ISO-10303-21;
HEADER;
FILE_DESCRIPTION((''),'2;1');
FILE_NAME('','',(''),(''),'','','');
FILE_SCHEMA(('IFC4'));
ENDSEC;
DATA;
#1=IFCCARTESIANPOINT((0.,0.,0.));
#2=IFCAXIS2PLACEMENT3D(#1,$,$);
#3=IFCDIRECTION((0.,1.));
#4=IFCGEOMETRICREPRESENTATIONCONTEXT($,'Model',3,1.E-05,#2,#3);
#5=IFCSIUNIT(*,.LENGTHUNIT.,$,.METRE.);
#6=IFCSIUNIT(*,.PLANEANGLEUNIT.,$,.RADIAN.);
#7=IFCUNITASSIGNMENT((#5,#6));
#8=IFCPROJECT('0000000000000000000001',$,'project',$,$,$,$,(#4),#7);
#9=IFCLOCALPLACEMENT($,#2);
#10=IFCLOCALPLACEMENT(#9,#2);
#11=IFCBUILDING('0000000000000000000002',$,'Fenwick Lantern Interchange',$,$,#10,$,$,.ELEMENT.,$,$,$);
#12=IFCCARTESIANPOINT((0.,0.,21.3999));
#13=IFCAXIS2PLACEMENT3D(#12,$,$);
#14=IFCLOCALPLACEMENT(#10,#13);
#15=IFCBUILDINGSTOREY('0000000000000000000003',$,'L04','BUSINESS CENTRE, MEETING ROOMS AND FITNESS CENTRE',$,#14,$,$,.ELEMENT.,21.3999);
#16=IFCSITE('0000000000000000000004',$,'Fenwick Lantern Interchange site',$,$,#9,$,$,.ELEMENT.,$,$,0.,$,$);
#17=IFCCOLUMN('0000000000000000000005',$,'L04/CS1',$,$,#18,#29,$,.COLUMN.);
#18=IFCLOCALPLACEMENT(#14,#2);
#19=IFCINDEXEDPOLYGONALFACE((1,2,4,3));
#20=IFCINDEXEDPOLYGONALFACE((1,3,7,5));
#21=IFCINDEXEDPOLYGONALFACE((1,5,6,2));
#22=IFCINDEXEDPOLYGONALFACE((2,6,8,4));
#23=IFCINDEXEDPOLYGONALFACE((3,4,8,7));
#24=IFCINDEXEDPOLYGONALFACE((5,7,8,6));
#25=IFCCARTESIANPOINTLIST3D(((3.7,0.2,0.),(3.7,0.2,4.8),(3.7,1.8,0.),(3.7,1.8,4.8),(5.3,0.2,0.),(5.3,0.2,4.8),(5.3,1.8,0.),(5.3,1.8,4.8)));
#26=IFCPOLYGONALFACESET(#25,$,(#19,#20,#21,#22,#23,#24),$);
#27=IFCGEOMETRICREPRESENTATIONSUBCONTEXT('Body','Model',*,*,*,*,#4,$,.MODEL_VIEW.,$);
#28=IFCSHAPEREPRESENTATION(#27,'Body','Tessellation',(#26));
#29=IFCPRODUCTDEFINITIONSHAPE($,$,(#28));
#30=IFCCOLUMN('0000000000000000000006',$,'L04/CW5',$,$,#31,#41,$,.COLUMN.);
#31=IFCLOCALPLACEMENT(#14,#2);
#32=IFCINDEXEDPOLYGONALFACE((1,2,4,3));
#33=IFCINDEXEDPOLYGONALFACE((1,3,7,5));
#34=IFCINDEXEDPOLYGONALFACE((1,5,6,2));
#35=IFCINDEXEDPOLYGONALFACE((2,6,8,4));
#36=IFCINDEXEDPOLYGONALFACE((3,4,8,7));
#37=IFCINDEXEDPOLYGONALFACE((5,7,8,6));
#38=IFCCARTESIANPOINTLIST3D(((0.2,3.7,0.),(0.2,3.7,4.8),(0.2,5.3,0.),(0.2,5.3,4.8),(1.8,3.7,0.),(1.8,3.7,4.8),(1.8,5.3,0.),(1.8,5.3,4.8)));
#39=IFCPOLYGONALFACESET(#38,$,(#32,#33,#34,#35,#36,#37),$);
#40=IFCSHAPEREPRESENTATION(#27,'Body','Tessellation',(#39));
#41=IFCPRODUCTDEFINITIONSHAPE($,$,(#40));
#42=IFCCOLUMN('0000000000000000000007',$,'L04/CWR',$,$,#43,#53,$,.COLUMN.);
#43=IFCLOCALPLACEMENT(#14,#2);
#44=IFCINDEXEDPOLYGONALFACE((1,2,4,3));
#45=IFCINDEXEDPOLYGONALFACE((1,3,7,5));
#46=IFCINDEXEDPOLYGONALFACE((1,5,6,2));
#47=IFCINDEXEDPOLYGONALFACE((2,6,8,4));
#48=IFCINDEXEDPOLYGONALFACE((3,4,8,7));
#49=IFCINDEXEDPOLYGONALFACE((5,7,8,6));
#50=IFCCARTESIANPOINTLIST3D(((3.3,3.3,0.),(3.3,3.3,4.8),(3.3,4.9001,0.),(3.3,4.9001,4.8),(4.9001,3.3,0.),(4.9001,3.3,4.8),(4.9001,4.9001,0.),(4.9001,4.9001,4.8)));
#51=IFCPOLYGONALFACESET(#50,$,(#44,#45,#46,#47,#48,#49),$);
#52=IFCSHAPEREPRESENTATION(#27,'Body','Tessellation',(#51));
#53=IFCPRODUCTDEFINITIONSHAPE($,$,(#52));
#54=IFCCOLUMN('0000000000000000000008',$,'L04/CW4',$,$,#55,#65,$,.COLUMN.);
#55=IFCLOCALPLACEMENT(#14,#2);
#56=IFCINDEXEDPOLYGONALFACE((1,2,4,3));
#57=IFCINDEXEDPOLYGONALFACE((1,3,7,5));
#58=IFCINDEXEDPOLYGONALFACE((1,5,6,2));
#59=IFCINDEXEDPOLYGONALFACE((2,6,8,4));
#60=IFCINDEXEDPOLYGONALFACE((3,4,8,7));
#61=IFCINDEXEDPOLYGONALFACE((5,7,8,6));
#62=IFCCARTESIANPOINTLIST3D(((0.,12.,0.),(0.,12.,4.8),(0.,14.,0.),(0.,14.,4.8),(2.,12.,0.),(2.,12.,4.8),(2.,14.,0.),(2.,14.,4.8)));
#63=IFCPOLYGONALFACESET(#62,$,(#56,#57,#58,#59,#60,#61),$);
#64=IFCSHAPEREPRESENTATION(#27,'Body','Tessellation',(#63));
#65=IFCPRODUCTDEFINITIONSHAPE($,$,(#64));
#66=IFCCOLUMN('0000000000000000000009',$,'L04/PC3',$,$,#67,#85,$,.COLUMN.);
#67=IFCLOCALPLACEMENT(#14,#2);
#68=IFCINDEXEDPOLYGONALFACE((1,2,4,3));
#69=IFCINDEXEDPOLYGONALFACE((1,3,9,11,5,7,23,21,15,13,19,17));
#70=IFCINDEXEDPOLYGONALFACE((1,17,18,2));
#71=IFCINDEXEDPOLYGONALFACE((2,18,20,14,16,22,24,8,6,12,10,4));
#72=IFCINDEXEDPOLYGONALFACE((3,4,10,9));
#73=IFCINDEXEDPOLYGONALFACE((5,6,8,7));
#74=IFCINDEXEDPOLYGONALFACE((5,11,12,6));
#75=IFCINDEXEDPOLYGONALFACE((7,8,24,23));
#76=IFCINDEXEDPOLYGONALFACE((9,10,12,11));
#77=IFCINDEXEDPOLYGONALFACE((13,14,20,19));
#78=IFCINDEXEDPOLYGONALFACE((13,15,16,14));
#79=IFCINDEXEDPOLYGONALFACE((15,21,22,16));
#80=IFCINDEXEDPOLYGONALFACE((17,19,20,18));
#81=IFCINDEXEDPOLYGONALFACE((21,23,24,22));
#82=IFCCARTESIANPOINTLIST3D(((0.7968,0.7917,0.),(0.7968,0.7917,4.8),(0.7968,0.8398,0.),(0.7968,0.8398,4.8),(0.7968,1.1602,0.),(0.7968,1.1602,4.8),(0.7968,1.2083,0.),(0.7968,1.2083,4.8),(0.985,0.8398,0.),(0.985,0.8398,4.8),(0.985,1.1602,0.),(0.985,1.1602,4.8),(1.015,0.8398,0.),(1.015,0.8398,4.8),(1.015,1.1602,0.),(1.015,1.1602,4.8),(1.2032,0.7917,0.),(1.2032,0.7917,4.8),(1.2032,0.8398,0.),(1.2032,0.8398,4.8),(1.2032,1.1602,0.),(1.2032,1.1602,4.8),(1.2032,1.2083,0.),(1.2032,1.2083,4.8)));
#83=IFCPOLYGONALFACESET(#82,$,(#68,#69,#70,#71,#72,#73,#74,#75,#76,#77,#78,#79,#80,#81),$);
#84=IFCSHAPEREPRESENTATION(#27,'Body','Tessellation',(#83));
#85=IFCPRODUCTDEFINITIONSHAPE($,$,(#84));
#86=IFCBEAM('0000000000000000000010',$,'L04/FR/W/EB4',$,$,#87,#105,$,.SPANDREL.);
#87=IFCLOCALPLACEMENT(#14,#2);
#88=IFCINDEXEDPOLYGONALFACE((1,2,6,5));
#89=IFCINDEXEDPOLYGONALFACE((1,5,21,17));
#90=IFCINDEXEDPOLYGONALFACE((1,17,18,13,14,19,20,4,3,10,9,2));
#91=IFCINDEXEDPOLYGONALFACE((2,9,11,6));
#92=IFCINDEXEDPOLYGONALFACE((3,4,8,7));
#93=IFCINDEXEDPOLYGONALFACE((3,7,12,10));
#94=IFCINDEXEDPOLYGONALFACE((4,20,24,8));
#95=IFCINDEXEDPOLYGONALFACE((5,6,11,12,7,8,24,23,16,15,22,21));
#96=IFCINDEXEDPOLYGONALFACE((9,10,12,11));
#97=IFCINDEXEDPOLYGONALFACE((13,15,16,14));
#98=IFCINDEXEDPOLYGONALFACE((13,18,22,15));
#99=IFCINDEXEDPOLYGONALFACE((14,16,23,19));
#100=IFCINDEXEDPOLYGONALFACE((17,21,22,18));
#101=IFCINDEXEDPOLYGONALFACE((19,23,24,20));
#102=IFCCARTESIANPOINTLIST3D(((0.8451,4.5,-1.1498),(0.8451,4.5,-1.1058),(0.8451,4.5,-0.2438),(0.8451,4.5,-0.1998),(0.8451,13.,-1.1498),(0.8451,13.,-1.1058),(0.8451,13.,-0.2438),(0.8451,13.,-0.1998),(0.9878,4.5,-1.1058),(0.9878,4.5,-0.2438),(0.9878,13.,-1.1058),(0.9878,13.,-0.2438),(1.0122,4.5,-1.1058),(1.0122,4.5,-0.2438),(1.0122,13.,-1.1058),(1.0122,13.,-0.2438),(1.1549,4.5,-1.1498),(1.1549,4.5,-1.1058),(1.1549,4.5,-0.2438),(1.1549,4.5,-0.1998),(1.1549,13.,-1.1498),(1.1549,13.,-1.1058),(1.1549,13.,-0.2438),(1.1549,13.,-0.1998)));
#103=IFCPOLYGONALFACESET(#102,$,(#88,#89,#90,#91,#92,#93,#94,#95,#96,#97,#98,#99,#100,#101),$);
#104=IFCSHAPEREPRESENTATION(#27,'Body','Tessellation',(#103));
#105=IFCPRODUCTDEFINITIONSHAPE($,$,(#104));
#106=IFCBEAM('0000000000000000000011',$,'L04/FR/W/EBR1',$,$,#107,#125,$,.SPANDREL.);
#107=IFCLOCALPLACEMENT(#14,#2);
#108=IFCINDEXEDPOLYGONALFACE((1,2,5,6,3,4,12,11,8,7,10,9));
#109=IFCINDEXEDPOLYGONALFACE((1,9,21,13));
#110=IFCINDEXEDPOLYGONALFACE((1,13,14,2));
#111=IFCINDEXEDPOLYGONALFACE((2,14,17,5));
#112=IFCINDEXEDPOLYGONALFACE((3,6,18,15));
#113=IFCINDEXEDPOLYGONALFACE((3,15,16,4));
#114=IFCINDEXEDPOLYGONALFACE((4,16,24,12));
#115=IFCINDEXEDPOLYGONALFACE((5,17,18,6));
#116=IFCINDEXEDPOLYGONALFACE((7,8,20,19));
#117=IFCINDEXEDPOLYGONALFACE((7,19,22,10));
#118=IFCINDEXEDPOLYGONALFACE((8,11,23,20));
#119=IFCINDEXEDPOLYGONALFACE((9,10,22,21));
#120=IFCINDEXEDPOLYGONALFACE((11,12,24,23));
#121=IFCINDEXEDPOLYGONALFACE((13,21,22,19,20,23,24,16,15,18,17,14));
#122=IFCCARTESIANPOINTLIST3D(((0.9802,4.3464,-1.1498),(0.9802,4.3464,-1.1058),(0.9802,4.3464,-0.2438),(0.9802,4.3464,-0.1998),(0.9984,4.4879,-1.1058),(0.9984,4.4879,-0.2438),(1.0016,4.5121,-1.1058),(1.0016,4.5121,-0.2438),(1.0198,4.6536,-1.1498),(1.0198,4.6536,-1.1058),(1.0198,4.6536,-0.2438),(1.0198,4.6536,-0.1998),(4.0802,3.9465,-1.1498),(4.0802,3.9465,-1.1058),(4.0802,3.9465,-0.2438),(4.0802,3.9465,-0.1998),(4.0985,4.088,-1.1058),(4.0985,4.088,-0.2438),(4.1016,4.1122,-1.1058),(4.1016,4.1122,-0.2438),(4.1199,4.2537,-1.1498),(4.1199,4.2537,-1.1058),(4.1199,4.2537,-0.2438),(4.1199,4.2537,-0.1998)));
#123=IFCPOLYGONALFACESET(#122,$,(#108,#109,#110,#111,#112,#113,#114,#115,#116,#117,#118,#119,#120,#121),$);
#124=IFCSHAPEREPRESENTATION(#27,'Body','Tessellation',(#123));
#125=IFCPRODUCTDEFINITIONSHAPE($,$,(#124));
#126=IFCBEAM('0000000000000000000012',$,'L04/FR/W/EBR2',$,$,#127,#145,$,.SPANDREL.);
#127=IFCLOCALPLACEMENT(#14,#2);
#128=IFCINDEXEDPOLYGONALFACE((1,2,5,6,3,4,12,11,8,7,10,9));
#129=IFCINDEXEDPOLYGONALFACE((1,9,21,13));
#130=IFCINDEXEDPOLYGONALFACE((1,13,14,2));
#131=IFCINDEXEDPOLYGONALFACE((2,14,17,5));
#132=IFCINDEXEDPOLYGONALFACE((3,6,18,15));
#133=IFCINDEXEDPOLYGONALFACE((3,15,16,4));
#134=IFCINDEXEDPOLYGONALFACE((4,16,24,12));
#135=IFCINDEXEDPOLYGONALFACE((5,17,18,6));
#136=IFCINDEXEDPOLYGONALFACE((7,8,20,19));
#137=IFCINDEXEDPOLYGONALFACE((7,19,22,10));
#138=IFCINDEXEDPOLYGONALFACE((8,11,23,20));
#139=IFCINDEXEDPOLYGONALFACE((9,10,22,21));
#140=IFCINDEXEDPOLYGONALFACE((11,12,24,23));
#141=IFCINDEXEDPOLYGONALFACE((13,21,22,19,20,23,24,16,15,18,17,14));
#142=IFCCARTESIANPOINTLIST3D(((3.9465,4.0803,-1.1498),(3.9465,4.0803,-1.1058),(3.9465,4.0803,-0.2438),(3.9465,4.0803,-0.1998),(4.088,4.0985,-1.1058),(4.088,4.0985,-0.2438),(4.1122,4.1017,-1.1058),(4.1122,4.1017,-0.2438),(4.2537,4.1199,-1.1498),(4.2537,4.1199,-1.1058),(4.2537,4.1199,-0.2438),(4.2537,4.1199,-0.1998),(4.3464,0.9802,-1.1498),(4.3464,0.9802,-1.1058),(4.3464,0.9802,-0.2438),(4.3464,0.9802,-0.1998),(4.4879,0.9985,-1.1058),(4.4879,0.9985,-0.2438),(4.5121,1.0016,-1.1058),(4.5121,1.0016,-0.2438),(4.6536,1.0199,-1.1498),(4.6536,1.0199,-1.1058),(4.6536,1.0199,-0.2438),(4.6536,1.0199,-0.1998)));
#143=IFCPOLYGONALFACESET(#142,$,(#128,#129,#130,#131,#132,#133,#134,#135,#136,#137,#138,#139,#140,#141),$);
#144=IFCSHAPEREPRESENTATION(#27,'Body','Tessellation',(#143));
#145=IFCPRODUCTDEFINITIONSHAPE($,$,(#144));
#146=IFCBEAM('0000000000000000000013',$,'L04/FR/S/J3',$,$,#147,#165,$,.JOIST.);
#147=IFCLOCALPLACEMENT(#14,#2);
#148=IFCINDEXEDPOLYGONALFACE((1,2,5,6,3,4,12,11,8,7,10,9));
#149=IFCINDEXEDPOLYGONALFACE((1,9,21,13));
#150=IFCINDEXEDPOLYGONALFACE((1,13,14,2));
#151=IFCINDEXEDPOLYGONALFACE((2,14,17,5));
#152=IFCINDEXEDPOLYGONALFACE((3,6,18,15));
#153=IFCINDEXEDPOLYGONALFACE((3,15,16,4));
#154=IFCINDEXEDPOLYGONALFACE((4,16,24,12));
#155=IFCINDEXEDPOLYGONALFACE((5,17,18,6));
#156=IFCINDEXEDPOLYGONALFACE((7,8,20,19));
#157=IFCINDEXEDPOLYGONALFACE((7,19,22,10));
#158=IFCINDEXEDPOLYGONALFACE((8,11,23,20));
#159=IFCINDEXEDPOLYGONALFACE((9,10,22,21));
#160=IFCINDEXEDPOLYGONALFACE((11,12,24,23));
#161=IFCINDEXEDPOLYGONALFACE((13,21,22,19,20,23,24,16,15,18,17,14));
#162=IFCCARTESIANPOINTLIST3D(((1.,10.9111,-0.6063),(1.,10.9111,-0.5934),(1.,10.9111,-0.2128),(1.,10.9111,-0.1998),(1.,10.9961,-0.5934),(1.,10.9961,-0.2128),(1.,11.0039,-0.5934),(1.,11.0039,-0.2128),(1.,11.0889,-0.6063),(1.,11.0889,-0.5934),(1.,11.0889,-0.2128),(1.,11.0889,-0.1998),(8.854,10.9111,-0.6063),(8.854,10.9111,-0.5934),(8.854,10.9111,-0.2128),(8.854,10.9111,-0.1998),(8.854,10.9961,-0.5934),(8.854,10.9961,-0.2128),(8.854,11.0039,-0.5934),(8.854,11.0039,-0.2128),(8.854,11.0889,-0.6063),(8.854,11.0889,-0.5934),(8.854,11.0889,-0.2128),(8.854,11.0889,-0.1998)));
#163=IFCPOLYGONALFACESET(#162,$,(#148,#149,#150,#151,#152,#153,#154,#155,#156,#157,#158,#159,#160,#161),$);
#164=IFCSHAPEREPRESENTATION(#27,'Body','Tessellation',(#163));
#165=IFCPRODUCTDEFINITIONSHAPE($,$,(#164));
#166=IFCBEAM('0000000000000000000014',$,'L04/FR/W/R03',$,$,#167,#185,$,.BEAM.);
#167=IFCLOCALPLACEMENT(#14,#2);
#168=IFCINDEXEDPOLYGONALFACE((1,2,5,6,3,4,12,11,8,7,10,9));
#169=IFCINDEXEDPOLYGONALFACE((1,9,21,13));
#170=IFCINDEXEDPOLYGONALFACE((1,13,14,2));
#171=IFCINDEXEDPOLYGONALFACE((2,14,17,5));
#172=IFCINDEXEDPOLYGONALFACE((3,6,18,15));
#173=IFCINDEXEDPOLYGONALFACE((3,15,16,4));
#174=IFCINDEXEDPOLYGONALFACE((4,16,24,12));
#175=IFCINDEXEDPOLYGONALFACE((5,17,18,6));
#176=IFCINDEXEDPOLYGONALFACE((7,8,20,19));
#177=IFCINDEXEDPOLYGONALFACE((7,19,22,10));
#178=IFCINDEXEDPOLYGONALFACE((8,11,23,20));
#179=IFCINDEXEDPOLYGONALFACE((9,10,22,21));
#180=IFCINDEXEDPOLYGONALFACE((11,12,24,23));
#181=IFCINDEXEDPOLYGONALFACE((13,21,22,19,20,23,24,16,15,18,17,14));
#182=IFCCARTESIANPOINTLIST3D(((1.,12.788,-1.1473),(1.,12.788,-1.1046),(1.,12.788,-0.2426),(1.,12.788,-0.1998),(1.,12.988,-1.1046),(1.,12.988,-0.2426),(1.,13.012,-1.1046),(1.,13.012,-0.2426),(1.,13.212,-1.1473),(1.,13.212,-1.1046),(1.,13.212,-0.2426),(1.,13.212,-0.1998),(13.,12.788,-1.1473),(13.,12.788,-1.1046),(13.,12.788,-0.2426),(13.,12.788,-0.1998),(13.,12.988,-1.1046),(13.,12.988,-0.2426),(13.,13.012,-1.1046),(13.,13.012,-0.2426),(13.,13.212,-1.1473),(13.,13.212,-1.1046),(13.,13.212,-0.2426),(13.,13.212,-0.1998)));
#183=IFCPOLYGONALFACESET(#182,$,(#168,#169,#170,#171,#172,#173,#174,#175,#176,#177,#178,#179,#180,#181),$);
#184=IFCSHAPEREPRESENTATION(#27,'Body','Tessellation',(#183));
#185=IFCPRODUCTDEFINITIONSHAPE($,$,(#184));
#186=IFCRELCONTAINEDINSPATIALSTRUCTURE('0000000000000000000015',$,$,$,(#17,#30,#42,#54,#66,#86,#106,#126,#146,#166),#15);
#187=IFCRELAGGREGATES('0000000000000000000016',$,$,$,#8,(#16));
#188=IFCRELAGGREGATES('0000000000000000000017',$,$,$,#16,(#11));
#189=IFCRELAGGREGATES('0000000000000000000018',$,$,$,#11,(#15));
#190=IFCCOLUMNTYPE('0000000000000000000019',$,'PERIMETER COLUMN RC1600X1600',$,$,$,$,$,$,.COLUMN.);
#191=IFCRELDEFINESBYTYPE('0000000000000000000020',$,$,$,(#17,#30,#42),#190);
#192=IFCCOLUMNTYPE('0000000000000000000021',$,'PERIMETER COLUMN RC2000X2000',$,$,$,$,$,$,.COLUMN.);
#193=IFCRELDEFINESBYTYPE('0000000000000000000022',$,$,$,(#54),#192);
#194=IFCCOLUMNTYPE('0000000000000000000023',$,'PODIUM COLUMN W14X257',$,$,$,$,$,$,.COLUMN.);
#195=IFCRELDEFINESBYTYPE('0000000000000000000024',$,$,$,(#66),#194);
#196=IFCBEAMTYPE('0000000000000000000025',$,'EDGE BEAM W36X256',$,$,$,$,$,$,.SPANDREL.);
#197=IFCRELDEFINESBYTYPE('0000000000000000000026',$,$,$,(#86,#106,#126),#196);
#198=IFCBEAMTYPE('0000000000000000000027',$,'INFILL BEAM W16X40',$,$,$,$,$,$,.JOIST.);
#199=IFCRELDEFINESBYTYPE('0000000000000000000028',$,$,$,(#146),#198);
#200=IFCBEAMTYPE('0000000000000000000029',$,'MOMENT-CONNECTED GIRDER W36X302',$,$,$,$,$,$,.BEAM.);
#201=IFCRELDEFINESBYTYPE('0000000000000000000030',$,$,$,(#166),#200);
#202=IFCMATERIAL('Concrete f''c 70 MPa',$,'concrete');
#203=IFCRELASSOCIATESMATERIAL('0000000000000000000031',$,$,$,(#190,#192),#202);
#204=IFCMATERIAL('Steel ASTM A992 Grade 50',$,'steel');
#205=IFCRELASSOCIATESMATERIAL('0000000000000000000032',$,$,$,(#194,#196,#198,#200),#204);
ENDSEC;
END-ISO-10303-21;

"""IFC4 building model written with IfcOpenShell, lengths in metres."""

from ifc_helpers import new_model, si_unit, direction, frame, origin, origin_2d, place, context, subcontext, project, spatial, rectangle, i_section, extrude, material, material_profile, profile_set, type_object, element, save


model = new_model("IFC4")

# Units and contexts
model_context = context("Model", 3, precision=1e-05, world=origin(), true_north=direction((0.0, 1.0)))
body_context = subcontext(model_context, "Body", "Model", "MODEL_VIEW")
ifc_project = project(units=[si_unit("LENGTHUNIT", "METRE"), si_unit("PLANEANGLEUNIT", "RADIAN")], contexts=[model_context])

# Site, building, storey
site_placement = place(None, origin())
site = spatial("IfcSite", under=ifc_project, at=site_placement, Name="Fenwick Lantern Interchange site", CompositionType="ELEMENT", RefElevation=0.0)
building_placement = place(site_placement, origin())
building = spatial("IfcBuilding", under=site, at=building_placement, Name="Fenwick Lantern Interchange", CompositionType="ELEMENT")
storey_placement = place(building_placement, frame((0.0, 0.0, 21.3999)))
storey = spatial("IfcBuildingStorey", under=building, at=storey_placement, Name="L04", Description="BUSINESS CENTRE, MEETING ROOMS AND FITNESS CENTRE", CompositionType="ELEMENT", Elevation=21.3999)

# Columns
ifc_material_1 = material(Name="Concrete f'c 70 MPa", Category="concrete")
ifc_material_profile_1 = material_profile(ifc_material_1, rectangle(XDim=1.6001, YDim=1.6001, at=origin_2d()), Name="RC1600X1600")
ifc_profile_set_1 = profile_set([ifc_material_profile_1], Name="Concrete f'c 70 MPa")
column_type_1 = type_object("IfcColumnType", Name="PERIMETER COLUMN RC1600X1600", PredefinedType="COLUMN", material=ifc_profile_set_1)
for number, where, z_axis, x_axis, name in (
    (1, (4.5, 1.0, 0.0), (0.0, 0.0, 1.0), (1.0, 0.0, 0.0), "L04/CS1"),
    (2, (1.0, 4.5, 0.0), (0.0, 0.0, 1.0), (1.0, 0.0, 0.0), "L04/CW5"),
    (3, (4.1001, 4.1001, 0.0), (0.0, 0.0, 1.0), (1.0, 0.0, 0.0), "L04/CWR"),
):
    element("IfcColumn", number, at=place(storey_placement, frame(where, z_axis=z_axis, x_axis=x_axis)), inside=storey, type_object=column_type_1, Name=name, PredefinedType="COLUMN", context=body_context, shape_type="SweptSolid", body=[
        extrude(rectangle(XDim=1.6001, YDim=1.6001, at=origin_2d()), origin(), (0.0, 0.0, 1.0), 4.8),
    ])
ifc_material_profile_2 = material_profile(ifc_material_1, rectangle(XDim=2.0, YDim=2.0, at=origin_2d()), Name="RC2000X2000")
ifc_profile_set_2 = profile_set([ifc_material_profile_2], Name="Concrete f'c 70 MPa")
column_type_2 = type_object("IfcColumnType", Name="PERIMETER COLUMN RC2000X2000", PredefinedType="COLUMN", material=ifc_profile_set_2)
column_1_placement = place(storey_placement, frame((1.0, 13.0, 0.0), z_axis=(0.0, 0.0, 1.0), x_axis=(1.0, 0.0, 0.0)))
element("IfcColumn", 4, at=column_1_placement, inside=storey, type_object=column_type_2, Name="L04/CW4", PredefinedType="COLUMN", context=body_context, shape_type="SweptSolid", body=[
    extrude(rectangle(XDim=2.0, YDim=2.0, at=origin_2d()), origin(), (0.0, 0.0, 1.0), 4.8),
])
ifc_material_2 = material(Name="Steel ASTM A992 Grade 50", Category="steel")
ifc_material_profile_3 = material_profile(ifc_material_2, i_section(OverallWidth=0.4065, OverallDepth=0.4165, WebThickness=0.03, FlangeThickness=0.0481, at=origin_2d()), Name="W14X257")
ifc_profile_set_3 = profile_set([ifc_material_profile_3], Name="Steel ASTM A992 Grade 50")
column_type_3 = type_object("IfcColumnType", Name="PODIUM COLUMN W14X257", PredefinedType="COLUMN", material=ifc_profile_set_3)
column_2_placement = place(storey_placement, frame((1.0, 1.0, 0.0), z_axis=(0.0, 0.0, 1.0), x_axis=(1.0, 0.0, 0.0)))
element("IfcColumn", 5, at=column_2_placement, inside=storey, type_object=column_type_3, Name="L04/PC3", PredefinedType="COLUMN", context=body_context, shape_type="SweptSolid", body=[
    extrude(i_section(OverallWidth=0.4065, OverallDepth=0.4165, WebThickness=0.03, FlangeThickness=0.0481, at=origin_2d()), origin(), (0.0, 0.0, 1.0), 4.8),
])

# Beams
ifc_material_profile_4 = material_profile(ifc_material_2, i_section(OverallWidth=0.3098, OverallDepth=0.95, WebThickness=0.0244, FlangeThickness=0.0439, at=origin_2d()), Name="W36X256")
ifc_profile_set_4 = profile_set([ifc_material_profile_4], Name="Steel ASTM A992 Grade 50")
beam_type_1 = type_object("IfcBeamType", Name="EDGE BEAM W36X256", PredefinedType="SPANDREL", material=ifc_profile_set_4)
beam_1_placement = place(storey_placement, frame((1.0, 13.0, -0.6748), z_axis=(0.0, -1.0, 0.0), x_axis=(1.0, 0.0, 0.0)))
element("IfcBeam", 6, at=beam_1_placement, inside=storey, type_object=beam_type_1, Name="L04/FR/W/EB4", PredefinedType="SPANDREL", context=body_context, shape_type="SweptSolid", body=[
    extrude(i_section(OverallWidth=0.3098, OverallDepth=0.95, WebThickness=0.0244, FlangeThickness=0.0439, at=origin_2d()), origin(), (0.0, 0.0, 1.0), 8.5),
])
for number, where, z_axis, x_axis, name in (
    (7, (1.0, 4.5, -0.6748), (0.991782, -0.127937, 0.0), (0.127937, 0.991782, 0.0), "L04/FR/W/EBR1"),
    (8, (4.1001, 4.1001, -0.6748), (0.127937, -0.991782, 0.0), (0.991782, 0.127937, 0.0), "L04/FR/W/EBR2"),
):
    element("IfcBeam", number, at=place(storey_placement, frame(where, z_axis=z_axis, x_axis=x_axis)), inside=storey, type_object=beam_type_1, Name=name, PredefinedType="SPANDREL", context=body_context, shape_type="SweptSolid", body=[
        extrude(i_section(OverallWidth=0.3098, OverallDepth=0.95, WebThickness=0.0244, FlangeThickness=0.0439, at=origin_2d()), origin(), (0.0, 0.0, 1.0), 3.1257),
    ])
ifc_material_profile_5 = material_profile(ifc_material_2, i_section(OverallWidth=0.1777, OverallDepth=0.4065, WebThickness=0.0078, FlangeThickness=0.0129, at=origin_2d()), Name="W16X40")
ifc_profile_set_5 = profile_set([ifc_material_profile_5], Name="Steel ASTM A992 Grade 50")
beam_type_2 = type_object("IfcBeamType", Name="INFILL BEAM W16X40", PredefinedType="JOIST", material=ifc_profile_set_5)
beam_2_placement = place(storey_placement, frame((1.0, 11.0, -0.4031), z_axis=(1.0, 0.0, 0.0), x_axis=(0.0, 1.0, 0.0)))
element("IfcBeam", 9, at=beam_2_placement, inside=storey, type_object=beam_type_2, Name="L04/FR/S/J3", PredefinedType="JOIST", context=body_context, shape_type="SweptSolid", body=[
    extrude(i_section(OverallWidth=0.1777, OverallDepth=0.4065, WebThickness=0.0078, FlangeThickness=0.0129, at=origin_2d()), origin(), (0.0, 0.0, 1.0), 7.854),
])
ifc_material_profile_6 = material_profile(ifc_material_2, i_section(OverallWidth=0.4241, OverallDepth=0.9475, WebThickness=0.0239, FlangeThickness=0.0427, at=origin_2d()), Name="W36X302")
ifc_profile_set_6 = profile_set([ifc_material_profile_6], Name="Steel ASTM A992 Grade 50")
beam_type_3 = type_object("IfcBeamType", Name="MOMENT-CONNECTED GIRDER W36X302", PredefinedType="BEAM", material=ifc_profile_set_6)
beam_3_placement = place(storey_placement, frame((1.0, 13.0, -0.6736), z_axis=(1.0, 0.0, 0.0), x_axis=(0.0, 1.0, 0.0)))
element("IfcBeam", 10, at=beam_3_placement, inside=storey, type_object=beam_type_3, Name="L04/FR/W/R03", PredefinedType="BEAM", context=body_context, shape_type="SweptSolid", body=[
    extrude(i_section(OverallWidth=0.4241, OverallDepth=0.9475, WebThickness=0.0239, FlangeThickness=0.0427, at=origin_2d()), origin(), (0.0, 0.0, 1.0), 12.0),
])

save(model, "model.ifc")
